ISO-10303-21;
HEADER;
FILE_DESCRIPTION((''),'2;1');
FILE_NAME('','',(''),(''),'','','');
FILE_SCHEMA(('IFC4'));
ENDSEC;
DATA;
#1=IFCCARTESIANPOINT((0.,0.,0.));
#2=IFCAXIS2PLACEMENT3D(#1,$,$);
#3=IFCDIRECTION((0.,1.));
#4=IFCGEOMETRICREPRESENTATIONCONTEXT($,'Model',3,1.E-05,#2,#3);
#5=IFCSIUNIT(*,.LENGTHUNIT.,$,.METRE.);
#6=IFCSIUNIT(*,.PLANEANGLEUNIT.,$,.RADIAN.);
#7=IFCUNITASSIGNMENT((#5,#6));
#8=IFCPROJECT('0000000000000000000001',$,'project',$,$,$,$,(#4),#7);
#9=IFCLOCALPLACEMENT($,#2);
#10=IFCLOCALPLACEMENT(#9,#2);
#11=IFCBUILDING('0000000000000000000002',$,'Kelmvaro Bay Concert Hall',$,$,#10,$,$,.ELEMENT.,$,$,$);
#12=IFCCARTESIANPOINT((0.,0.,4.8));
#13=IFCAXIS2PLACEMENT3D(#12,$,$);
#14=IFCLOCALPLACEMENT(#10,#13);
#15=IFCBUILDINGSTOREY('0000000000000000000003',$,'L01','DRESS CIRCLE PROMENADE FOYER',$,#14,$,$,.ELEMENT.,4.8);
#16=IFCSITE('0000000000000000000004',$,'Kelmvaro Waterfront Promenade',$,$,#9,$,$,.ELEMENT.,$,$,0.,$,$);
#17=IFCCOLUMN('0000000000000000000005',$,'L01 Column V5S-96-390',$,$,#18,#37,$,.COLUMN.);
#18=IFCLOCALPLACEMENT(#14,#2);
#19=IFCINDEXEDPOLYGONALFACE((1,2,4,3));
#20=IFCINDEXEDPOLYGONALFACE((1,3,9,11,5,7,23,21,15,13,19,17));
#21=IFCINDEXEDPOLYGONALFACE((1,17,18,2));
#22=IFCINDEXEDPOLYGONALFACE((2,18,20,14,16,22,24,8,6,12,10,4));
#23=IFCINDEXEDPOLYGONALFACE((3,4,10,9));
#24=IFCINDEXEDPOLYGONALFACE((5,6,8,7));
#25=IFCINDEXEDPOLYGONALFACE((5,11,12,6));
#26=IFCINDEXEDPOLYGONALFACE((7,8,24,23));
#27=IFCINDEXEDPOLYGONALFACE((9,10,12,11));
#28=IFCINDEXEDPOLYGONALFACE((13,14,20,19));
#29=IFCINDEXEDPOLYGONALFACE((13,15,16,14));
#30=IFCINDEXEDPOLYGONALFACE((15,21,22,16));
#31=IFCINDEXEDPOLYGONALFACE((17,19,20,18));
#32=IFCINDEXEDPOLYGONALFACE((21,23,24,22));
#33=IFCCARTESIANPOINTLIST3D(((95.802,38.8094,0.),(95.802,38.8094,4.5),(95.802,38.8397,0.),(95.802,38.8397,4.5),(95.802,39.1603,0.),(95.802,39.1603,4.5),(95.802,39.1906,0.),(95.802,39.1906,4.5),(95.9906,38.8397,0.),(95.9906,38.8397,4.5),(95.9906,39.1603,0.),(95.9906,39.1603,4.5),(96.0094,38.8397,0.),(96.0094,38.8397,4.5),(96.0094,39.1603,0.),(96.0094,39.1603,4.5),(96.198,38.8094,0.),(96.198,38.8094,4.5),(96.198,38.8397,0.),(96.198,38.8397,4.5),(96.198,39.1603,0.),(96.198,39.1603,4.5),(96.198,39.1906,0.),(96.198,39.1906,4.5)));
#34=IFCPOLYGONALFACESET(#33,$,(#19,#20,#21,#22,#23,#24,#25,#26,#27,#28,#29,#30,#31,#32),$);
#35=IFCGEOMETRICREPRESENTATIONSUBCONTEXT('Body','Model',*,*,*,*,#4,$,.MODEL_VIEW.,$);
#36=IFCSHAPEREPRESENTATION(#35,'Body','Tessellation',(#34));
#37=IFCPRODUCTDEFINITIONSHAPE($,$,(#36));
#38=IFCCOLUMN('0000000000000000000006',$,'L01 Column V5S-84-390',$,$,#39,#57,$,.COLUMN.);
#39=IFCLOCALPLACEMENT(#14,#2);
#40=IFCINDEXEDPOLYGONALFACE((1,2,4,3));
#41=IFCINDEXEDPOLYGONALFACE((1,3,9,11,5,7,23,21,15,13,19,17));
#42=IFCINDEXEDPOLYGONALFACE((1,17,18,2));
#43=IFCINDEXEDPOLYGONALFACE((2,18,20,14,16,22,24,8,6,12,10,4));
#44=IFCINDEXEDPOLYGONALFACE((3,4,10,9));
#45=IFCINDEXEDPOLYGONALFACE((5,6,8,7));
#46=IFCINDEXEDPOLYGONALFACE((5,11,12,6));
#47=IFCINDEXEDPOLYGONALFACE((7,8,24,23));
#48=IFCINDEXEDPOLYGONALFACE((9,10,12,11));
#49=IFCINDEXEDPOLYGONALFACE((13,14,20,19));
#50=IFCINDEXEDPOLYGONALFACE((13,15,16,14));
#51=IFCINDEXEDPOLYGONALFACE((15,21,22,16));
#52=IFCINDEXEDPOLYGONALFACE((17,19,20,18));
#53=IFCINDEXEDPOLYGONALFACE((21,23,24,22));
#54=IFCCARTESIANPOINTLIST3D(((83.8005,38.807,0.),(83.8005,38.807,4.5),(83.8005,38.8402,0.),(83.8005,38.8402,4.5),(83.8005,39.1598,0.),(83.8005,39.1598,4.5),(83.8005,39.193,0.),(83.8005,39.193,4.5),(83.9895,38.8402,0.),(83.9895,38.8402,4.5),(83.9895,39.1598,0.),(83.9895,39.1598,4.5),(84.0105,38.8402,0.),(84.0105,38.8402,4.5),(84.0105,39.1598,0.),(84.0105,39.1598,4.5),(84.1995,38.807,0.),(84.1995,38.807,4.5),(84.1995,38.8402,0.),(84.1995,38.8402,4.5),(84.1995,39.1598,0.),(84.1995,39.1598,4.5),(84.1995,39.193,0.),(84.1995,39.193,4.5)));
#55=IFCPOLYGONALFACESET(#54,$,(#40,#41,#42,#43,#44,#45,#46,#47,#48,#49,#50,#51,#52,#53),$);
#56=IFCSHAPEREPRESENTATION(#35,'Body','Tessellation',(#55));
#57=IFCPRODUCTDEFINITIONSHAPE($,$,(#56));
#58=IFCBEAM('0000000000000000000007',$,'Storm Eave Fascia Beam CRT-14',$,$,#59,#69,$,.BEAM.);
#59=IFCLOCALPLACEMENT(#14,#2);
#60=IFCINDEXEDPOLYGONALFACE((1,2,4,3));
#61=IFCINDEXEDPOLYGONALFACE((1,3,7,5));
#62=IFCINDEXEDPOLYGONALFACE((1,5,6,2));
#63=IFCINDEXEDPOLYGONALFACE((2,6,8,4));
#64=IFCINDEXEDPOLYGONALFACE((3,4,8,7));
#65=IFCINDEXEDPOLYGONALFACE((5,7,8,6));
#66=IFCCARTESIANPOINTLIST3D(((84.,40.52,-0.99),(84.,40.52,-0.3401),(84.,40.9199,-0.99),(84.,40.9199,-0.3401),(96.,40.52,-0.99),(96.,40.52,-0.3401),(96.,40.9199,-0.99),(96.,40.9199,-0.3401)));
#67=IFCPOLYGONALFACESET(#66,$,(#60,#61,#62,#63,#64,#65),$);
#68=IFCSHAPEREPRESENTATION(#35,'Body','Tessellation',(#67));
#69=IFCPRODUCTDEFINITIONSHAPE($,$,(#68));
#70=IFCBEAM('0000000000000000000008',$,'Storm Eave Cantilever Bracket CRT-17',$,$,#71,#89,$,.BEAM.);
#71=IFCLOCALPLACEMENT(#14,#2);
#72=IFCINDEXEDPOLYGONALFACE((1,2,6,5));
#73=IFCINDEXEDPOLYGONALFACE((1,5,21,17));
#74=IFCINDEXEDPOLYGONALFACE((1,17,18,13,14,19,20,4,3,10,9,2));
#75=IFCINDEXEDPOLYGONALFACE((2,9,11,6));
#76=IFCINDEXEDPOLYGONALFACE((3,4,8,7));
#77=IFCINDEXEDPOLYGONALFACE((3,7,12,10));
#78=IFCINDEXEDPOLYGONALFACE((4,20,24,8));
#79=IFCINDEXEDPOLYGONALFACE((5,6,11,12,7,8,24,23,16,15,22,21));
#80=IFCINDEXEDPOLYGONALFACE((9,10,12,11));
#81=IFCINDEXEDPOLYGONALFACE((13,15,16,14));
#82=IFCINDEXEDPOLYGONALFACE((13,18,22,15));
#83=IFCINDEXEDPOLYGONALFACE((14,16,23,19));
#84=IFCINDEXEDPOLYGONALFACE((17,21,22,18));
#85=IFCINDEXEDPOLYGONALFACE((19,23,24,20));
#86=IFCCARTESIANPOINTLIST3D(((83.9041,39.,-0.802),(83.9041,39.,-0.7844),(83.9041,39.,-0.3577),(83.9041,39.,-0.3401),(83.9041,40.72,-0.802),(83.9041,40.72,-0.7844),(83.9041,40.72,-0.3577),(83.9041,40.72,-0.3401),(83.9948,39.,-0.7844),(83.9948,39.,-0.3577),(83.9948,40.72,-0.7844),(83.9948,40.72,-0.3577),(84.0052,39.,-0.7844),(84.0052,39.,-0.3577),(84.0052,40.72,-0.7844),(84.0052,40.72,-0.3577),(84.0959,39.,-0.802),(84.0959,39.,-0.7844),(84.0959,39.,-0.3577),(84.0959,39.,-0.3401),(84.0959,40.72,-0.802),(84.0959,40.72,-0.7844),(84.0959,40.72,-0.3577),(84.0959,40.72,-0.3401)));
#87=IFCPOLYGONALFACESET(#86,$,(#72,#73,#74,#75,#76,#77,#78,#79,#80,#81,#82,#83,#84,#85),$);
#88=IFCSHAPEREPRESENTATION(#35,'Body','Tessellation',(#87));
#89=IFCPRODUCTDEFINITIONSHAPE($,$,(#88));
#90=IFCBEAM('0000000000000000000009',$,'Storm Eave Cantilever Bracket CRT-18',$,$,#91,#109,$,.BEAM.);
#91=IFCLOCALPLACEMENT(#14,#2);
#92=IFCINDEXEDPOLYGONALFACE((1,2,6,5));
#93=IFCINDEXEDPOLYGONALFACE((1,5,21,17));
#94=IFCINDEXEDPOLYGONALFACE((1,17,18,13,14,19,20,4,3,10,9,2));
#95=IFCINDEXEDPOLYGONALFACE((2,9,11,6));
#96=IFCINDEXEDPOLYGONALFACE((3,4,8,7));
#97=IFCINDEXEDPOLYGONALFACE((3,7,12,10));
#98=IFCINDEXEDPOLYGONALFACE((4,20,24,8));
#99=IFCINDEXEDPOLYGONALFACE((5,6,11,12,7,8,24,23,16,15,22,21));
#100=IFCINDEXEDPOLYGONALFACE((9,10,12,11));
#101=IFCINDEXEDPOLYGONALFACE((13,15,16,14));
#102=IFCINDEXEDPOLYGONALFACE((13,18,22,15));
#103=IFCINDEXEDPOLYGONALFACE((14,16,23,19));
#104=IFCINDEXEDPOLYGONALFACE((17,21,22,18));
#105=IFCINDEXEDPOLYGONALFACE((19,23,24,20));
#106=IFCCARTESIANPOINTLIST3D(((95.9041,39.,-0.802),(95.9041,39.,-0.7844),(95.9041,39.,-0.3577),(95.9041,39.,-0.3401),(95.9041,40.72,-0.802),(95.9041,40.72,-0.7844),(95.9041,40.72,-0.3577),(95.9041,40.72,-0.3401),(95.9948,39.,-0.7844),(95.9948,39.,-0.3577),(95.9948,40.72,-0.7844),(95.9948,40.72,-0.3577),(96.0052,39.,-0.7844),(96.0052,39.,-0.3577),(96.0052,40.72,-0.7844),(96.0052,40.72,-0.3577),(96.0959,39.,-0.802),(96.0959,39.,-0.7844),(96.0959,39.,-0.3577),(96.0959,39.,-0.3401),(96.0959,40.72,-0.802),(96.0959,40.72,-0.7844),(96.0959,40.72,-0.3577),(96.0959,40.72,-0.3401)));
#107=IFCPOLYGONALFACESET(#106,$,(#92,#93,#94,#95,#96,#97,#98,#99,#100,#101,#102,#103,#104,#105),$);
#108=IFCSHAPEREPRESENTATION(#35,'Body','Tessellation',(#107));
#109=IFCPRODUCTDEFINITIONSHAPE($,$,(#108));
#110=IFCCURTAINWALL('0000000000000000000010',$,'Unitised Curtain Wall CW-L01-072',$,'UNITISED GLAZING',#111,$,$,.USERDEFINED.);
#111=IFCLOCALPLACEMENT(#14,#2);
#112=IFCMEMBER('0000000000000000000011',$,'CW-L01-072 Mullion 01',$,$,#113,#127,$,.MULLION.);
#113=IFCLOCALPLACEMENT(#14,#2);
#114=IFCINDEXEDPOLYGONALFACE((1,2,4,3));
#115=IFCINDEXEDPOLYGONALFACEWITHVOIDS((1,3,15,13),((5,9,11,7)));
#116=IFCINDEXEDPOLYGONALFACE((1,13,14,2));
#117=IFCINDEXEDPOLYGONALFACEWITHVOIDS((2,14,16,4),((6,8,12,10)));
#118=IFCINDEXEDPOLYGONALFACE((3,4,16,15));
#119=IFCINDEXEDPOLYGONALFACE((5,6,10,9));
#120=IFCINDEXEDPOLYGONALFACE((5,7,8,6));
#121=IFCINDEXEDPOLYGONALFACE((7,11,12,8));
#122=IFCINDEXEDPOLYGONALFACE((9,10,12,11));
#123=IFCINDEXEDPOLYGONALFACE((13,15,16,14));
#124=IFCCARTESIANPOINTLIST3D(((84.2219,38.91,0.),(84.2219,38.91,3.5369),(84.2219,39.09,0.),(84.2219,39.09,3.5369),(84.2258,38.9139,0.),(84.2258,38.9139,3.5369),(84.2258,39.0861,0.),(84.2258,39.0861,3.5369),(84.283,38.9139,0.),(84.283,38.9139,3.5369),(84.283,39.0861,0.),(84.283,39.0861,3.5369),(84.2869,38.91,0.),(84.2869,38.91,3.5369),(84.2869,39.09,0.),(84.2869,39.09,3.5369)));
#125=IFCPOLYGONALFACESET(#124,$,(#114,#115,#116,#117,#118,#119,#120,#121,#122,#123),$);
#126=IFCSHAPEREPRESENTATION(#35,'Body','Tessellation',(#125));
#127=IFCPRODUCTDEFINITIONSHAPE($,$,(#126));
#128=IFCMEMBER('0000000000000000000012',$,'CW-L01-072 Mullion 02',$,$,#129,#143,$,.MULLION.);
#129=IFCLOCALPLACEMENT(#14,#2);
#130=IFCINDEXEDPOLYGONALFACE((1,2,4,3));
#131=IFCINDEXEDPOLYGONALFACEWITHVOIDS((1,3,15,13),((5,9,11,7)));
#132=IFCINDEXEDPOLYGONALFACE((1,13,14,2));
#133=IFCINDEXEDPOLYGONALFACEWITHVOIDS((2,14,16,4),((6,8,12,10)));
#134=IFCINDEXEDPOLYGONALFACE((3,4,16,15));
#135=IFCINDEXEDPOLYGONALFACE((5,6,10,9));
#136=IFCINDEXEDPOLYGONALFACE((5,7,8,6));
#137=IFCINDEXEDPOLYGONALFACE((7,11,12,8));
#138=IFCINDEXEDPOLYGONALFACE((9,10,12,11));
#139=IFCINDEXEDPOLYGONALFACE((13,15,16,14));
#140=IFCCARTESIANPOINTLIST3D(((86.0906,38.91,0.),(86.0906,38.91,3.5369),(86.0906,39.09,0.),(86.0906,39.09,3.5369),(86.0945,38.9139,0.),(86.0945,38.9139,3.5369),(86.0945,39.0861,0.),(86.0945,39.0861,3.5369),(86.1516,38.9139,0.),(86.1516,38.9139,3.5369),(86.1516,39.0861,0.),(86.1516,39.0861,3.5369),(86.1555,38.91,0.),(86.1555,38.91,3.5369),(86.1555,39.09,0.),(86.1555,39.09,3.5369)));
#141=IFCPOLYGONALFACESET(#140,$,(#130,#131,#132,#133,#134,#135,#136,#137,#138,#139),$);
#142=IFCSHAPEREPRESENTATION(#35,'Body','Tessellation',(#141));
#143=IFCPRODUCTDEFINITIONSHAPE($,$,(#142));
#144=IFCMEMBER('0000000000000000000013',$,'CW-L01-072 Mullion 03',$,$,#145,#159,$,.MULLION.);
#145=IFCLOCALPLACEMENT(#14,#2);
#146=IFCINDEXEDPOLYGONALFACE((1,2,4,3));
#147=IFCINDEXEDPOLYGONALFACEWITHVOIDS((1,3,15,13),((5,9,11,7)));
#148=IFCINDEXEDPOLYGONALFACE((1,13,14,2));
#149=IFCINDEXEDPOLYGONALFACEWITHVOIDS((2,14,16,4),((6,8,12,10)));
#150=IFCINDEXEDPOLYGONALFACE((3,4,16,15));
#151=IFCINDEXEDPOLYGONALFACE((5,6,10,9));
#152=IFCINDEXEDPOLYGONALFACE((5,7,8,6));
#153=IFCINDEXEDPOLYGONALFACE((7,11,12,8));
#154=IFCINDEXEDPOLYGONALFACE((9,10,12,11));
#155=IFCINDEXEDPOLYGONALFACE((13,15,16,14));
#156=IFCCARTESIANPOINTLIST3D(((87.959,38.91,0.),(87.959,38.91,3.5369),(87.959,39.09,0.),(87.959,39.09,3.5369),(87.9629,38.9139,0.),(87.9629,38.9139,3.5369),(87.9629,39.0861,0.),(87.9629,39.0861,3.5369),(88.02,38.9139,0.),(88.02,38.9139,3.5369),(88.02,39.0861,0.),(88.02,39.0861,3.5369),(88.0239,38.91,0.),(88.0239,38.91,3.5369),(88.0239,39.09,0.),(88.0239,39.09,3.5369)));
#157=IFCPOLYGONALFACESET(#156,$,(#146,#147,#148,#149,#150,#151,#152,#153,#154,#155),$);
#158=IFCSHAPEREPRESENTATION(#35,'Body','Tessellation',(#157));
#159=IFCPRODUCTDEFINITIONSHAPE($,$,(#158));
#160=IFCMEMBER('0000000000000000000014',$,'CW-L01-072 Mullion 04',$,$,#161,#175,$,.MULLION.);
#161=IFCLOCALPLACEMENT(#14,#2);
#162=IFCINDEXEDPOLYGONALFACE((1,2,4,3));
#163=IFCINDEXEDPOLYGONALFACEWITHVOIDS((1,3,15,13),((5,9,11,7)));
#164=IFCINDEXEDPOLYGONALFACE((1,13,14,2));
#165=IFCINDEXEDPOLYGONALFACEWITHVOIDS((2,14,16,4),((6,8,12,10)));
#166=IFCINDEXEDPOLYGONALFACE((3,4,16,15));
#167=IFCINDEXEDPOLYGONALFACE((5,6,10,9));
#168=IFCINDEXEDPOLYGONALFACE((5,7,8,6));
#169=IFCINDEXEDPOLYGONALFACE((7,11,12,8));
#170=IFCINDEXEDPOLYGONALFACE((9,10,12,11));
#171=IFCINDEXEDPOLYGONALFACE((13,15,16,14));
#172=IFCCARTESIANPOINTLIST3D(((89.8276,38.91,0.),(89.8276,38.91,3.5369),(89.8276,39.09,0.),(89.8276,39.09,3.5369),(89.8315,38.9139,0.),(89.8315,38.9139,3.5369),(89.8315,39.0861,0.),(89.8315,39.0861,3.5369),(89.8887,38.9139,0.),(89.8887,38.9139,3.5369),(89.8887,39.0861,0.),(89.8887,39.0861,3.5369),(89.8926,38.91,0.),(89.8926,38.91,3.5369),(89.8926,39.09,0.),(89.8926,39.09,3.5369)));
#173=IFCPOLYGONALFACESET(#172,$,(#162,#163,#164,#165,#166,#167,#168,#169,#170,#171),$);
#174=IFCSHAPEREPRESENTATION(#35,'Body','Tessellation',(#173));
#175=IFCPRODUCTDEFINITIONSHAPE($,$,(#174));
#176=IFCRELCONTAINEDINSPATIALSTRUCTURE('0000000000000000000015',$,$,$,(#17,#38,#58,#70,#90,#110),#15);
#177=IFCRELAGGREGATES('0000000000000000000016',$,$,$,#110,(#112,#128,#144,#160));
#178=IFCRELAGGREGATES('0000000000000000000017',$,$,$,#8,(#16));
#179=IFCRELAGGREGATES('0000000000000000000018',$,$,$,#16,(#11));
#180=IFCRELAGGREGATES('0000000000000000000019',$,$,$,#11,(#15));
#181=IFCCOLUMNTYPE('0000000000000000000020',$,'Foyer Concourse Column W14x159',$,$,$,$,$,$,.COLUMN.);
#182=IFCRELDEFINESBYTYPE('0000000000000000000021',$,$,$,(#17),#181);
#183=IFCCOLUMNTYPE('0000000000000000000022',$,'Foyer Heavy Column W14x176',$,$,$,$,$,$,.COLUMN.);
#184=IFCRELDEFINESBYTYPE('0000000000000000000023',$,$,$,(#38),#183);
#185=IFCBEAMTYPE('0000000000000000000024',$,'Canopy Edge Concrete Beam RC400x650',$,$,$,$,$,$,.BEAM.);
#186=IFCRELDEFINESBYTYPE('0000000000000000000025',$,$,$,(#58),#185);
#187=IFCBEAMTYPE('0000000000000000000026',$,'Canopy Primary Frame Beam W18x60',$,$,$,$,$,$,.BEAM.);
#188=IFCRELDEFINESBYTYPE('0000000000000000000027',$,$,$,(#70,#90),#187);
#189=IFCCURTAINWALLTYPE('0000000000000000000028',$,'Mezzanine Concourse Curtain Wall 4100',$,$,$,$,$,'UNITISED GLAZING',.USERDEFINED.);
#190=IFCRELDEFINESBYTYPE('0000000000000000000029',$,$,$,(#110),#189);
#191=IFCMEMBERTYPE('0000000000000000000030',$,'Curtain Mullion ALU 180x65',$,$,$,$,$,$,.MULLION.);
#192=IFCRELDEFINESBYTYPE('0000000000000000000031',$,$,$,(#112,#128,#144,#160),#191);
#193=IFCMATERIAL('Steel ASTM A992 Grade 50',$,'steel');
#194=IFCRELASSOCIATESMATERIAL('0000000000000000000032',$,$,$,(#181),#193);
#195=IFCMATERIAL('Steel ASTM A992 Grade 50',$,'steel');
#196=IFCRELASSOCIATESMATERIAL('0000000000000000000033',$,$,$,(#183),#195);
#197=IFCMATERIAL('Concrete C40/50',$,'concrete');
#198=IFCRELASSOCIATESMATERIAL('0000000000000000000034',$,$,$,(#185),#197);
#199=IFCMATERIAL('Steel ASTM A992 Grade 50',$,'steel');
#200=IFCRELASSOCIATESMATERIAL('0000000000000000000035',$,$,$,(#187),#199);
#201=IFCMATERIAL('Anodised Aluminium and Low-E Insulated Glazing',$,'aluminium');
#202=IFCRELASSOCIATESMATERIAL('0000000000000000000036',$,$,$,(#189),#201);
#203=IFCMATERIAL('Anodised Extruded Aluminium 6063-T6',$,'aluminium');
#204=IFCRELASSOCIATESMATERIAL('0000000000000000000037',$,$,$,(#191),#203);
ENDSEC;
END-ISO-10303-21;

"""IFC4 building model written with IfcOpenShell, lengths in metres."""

from ifc_helpers import new_model, si_unit, direction, frame, origin, origin_2d, place, context, subcontext, project, spatial, rectangle, hollow_rectangle, i_section, extrude, material, material_profile, profile_set, type_object, element, aggregate, save


model = new_model("IFC4")

# Units and contexts
model_context = context("Model", 3, precision=1e-05, world=origin(), true_north=direction((0.0, 1.0)))
body_context = subcontext(model_context, "Body", "Model", "MODEL_VIEW")
ifc_project = project(units=[si_unit("LENGTHUNIT", "METRE"), si_unit("PLANEANGLEUNIT", "RADIAN")], contexts=[model_context])

# Site, building, storey
site_placement = place(None, origin())
site = spatial("IfcSite", under=ifc_project, at=site_placement, Name="Kelmvaro Waterfront Promenade", CompositionType="ELEMENT", RefElevation=0.0)
building_placement = place(site_placement, origin())
building = spatial("IfcBuilding", under=site, at=building_placement, Name="Kelmvaro Bay Concert Hall", CompositionType="ELEMENT")
storey_placement = place(building_placement, frame((0.0, 0.0, 4.8)))
storey = spatial("IfcBuildingStorey", under=building, at=storey_placement, Name="L01", Description="DRESS CIRCLE PROMENADE FOYER", CompositionType="ELEMENT", Elevation=4.8)

# Columns
ifc_material_1 = material(Name="Steel ASTM A992 Grade 50", Category="steel")
ifc_material_profile_1 = material_profile(ifc_material_1, i_section(OverallWidth=0.396, OverallDepth=0.3811, WebThickness=0.0188, FlangeThickness=0.0303, at=origin_2d()), Name="W14X159")
ifc_profile_set_1 = profile_set([ifc_material_profile_1], Name="Steel ASTM A992 Grade 50")
column_type_1 = type_object("IfcColumnType", Name="Foyer Concourse Column W14x159", PredefinedType="COLUMN", material=ifc_profile_set_1)
column_1_placement = place(storey_placement, frame((96.0, 39.0, 0.0), z_axis=(0.0, 0.0, 1.0), x_axis=(1.0, 0.0, 0.0)))
element("IfcColumn", 1, at=column_1_placement, inside=storey, type_object=column_type_1, Name="L01 Column V5S-96-390", PredefinedType="COLUMN", context=body_context, shape_type="SweptSolid", body=[
    extrude(i_section(OverallWidth=0.396, OverallDepth=0.3811, WebThickness=0.0188, FlangeThickness=0.0303, at=origin_2d()), origin(), (0.0, 0.0, 1.0), 4.5),
])
ifc_material_2 = material(Name="Steel ASTM A992 Grade 50", Category="steel")
ifc_material_profile_2 = material_profile(ifc_material_2, i_section(OverallWidth=0.3989, OverallDepth=0.386, WebThickness=0.021, FlangeThickness=0.0332, at=origin_2d()), Name="W14X176")
ifc_profile_set_2 = profile_set([ifc_material_profile_2], Name="Steel ASTM A992 Grade 50")
column_type_2 = type_object("IfcColumnType", Name="Foyer Heavy Column W14x176", PredefinedType="COLUMN", material=ifc_profile_set_2)
column_2_placement = place(storey_placement, frame((84.0, 39.0, 0.0), z_axis=(0.0, 0.0, 1.0), x_axis=(1.0, 0.0, 0.0)))
element("IfcColumn", 2, at=column_2_placement, inside=storey, type_object=column_type_2, Name="L01 Column V5S-84-390", PredefinedType="COLUMN", context=body_context, shape_type="SweptSolid", body=[
    extrude(i_section(OverallWidth=0.3989, OverallDepth=0.386, WebThickness=0.021, FlangeThickness=0.0332, at=origin_2d()), origin(), (0.0, 0.0, 1.0), 4.5),
])

# Beams
ifc_material_3 = material(Name="Concrete C40/50", Category="concrete")
ifc_material_profile_3 = material_profile(ifc_material_3, rectangle(XDim=0.3999, YDim=0.6499, at=origin_2d()), Name="RC-BM-400X650")
ifc_profile_set_3 = profile_set([ifc_material_profile_3], Name="Concrete C40/50")
beam_type_1 = type_object("IfcBeamType", Name="Canopy Edge Concrete Beam RC400x650", PredefinedType="BEAM", material=ifc_profile_set_3)
beam_1_placement = place(storey_placement, frame((84.0, 40.72, -0.665), z_axis=(1.0, 0.0, 0.0), x_axis=(0.0, 1.0, 0.0)))
element("IfcBeam", 3, at=beam_1_placement, inside=storey, type_object=beam_type_1, Name="Storm Eave Fascia Beam CRT-14", PredefinedType="BEAM", context=body_context, shape_type="SweptSolid", body=[
    extrude(rectangle(XDim=0.3999, YDim=0.6499, at=origin_2d()), origin(), (0.0, 0.0, 1.0), 12.0),
])
ifc_material_4 = material(Name="Steel ASTM A992 Grade 50", Category="steel")
ifc_material_profile_4 = material_profile(ifc_material_4, i_section(OverallWidth=0.1919, OverallDepth=0.4619, WebThickness=0.0105, FlangeThickness=0.0176, at=origin_2d()), Name="W18X60")
ifc_profile_set_4 = profile_set([ifc_material_profile_4], Name="Steel ASTM A992 Grade 50")
beam_type_2 = type_object("IfcBeamType", Name="Canopy Primary Frame Beam W18x60", PredefinedType="BEAM", material=ifc_profile_set_4)
for number, where, z_axis, x_axis, name in (
    (4, (84.0, 39.0, -0.571), (0.0, 1.0, 0.0), (-1.0, 0.0, 0.0), "Storm Eave Cantilever Bracket CRT-17"),
    (5, (96.0, 39.0, -0.571), (0.0, 1.0, 0.0), (-1.0, 0.0, 0.0), "Storm Eave Cantilever Bracket CRT-18"),
):
    element("IfcBeam", number, at=place(storey_placement, frame(where, z_axis=z_axis, x_axis=x_axis)), inside=storey, type_object=beam_type_2, Name=name, PredefinedType="BEAM", context=body_context, shape_type="SweptSolid", body=[
        extrude(i_section(OverallWidth=0.1919, OverallDepth=0.4619, WebThickness=0.0105, FlangeThickness=0.0176, at=origin_2d()), origin(), (0.0, 0.0, 1.0), 1.72),
    ])

# Curtain wall, members
ifc_material_5 = material(Name="Anodised Aluminium and Low-E Insulated Glazing", Category="aluminium")
curtain_wall_type = type_object("IfcCurtainWallType", Name="Mezzanine Concourse Curtain Wall 4100", ElementType="UNITISED GLAZING", PredefinedType="USERDEFINED", material=ifc_material_5)
curtain_wall_1_placement = place(storey_placement, origin())
curtain_wall_1 = element("IfcCurtainWall", 6, at=curtain_wall_1_placement, inside=storey, type_object=curtain_wall_type, Name="Unitised Curtain Wall CW-L01-072", ObjectType="UNITISED GLAZING", PredefinedType="USERDEFINED")
ifc_material_6 = material(Name="Anodised Extruded Aluminium 6063-T6", Category="aluminium")
ifc_material_profile_5 = material_profile(ifc_material_6, hollow_rectangle(XDim=0.0649, YDim=0.1799, WallThickness=0.0039, at=origin_2d()), Name="ALU-MUL-180X65")
ifc_profile_set_5 = profile_set([ifc_material_profile_5], Name="Anodised Extruded Aluminium 6063-T6")
member_type_1 = type_object("IfcMemberType", Name="Curtain Mullion ALU 180x65", PredefinedType="MULLION", material=ifc_profile_set_5)
member_1_placement = place(storey_placement, frame((84.2544, 39.0, 0.0), z_axis=(0.0, 0.0, 1.0), x_axis=(1.0, 0.0, 0.0)))
member_1 = element("IfcMember", 7, at=member_1_placement, type_object=member_type_1, Name="CW-L01-072 Mullion 01", PredefinedType="MULLION", context=body_context, shape_type="SweptSolid", body=[
    extrude(hollow_rectangle(XDim=0.0649, YDim=0.1799, WallThickness=0.0039, at=origin_2d()), origin(), (0.0, 0.0, 1.0), 3.5369),
])
member_2_placement = place(storey_placement, frame((86.123, 39.0, 0.0), z_axis=(0.0, 0.0, 1.0), x_axis=(1.0, 0.0, 0.0)))
member_2 = element("IfcMember", 8, at=member_2_placement, type_object=member_type_1, Name="CW-L01-072 Mullion 02", PredefinedType="MULLION", context=body_context, shape_type="SweptSolid", body=[
    extrude(hollow_rectangle(XDim=0.0649, YDim=0.1799, WallThickness=0.0039, at=origin_2d()), origin(), (0.0, 0.0, 1.0), 3.5369),
])
member_3_placement = place(storey_placement, frame((87.9915, 39.0, 0.0), z_axis=(0.0, 0.0, 1.0), x_axis=(1.0, 0.0, 0.0)))
member_3 = element("IfcMember", 9, at=member_3_placement, type_object=member_type_1, Name="CW-L01-072 Mullion 03", PredefinedType="MULLION", context=body_context, shape_type="SweptSolid", body=[
    extrude(hollow_rectangle(XDim=0.0649, YDim=0.1799, WallThickness=0.0039, at=origin_2d()), origin(), (0.0, 0.0, 1.0), 3.5369),
])
member_4_placement = place(storey_placement, frame((89.8601, 39.0, 0.0), z_axis=(0.0, 0.0, 1.0), x_axis=(1.0, 0.0, 0.0)))
member_4 = element("IfcMember", 10, at=member_4_placement, type_object=member_type_1, Name="CW-L01-072 Mullion 04", PredefinedType="MULLION", context=body_context, shape_type="SweptSolid", body=[
    extrude(hollow_rectangle(XDim=0.0649, YDim=0.1799, WallThickness=0.0039, at=origin_2d()), origin(), (0.0, 0.0, 1.0), 3.5369),
])

aggregate(curtain_wall_1, [member_1, member_2, member_3, member_4])

save(model, "model.ifc")
